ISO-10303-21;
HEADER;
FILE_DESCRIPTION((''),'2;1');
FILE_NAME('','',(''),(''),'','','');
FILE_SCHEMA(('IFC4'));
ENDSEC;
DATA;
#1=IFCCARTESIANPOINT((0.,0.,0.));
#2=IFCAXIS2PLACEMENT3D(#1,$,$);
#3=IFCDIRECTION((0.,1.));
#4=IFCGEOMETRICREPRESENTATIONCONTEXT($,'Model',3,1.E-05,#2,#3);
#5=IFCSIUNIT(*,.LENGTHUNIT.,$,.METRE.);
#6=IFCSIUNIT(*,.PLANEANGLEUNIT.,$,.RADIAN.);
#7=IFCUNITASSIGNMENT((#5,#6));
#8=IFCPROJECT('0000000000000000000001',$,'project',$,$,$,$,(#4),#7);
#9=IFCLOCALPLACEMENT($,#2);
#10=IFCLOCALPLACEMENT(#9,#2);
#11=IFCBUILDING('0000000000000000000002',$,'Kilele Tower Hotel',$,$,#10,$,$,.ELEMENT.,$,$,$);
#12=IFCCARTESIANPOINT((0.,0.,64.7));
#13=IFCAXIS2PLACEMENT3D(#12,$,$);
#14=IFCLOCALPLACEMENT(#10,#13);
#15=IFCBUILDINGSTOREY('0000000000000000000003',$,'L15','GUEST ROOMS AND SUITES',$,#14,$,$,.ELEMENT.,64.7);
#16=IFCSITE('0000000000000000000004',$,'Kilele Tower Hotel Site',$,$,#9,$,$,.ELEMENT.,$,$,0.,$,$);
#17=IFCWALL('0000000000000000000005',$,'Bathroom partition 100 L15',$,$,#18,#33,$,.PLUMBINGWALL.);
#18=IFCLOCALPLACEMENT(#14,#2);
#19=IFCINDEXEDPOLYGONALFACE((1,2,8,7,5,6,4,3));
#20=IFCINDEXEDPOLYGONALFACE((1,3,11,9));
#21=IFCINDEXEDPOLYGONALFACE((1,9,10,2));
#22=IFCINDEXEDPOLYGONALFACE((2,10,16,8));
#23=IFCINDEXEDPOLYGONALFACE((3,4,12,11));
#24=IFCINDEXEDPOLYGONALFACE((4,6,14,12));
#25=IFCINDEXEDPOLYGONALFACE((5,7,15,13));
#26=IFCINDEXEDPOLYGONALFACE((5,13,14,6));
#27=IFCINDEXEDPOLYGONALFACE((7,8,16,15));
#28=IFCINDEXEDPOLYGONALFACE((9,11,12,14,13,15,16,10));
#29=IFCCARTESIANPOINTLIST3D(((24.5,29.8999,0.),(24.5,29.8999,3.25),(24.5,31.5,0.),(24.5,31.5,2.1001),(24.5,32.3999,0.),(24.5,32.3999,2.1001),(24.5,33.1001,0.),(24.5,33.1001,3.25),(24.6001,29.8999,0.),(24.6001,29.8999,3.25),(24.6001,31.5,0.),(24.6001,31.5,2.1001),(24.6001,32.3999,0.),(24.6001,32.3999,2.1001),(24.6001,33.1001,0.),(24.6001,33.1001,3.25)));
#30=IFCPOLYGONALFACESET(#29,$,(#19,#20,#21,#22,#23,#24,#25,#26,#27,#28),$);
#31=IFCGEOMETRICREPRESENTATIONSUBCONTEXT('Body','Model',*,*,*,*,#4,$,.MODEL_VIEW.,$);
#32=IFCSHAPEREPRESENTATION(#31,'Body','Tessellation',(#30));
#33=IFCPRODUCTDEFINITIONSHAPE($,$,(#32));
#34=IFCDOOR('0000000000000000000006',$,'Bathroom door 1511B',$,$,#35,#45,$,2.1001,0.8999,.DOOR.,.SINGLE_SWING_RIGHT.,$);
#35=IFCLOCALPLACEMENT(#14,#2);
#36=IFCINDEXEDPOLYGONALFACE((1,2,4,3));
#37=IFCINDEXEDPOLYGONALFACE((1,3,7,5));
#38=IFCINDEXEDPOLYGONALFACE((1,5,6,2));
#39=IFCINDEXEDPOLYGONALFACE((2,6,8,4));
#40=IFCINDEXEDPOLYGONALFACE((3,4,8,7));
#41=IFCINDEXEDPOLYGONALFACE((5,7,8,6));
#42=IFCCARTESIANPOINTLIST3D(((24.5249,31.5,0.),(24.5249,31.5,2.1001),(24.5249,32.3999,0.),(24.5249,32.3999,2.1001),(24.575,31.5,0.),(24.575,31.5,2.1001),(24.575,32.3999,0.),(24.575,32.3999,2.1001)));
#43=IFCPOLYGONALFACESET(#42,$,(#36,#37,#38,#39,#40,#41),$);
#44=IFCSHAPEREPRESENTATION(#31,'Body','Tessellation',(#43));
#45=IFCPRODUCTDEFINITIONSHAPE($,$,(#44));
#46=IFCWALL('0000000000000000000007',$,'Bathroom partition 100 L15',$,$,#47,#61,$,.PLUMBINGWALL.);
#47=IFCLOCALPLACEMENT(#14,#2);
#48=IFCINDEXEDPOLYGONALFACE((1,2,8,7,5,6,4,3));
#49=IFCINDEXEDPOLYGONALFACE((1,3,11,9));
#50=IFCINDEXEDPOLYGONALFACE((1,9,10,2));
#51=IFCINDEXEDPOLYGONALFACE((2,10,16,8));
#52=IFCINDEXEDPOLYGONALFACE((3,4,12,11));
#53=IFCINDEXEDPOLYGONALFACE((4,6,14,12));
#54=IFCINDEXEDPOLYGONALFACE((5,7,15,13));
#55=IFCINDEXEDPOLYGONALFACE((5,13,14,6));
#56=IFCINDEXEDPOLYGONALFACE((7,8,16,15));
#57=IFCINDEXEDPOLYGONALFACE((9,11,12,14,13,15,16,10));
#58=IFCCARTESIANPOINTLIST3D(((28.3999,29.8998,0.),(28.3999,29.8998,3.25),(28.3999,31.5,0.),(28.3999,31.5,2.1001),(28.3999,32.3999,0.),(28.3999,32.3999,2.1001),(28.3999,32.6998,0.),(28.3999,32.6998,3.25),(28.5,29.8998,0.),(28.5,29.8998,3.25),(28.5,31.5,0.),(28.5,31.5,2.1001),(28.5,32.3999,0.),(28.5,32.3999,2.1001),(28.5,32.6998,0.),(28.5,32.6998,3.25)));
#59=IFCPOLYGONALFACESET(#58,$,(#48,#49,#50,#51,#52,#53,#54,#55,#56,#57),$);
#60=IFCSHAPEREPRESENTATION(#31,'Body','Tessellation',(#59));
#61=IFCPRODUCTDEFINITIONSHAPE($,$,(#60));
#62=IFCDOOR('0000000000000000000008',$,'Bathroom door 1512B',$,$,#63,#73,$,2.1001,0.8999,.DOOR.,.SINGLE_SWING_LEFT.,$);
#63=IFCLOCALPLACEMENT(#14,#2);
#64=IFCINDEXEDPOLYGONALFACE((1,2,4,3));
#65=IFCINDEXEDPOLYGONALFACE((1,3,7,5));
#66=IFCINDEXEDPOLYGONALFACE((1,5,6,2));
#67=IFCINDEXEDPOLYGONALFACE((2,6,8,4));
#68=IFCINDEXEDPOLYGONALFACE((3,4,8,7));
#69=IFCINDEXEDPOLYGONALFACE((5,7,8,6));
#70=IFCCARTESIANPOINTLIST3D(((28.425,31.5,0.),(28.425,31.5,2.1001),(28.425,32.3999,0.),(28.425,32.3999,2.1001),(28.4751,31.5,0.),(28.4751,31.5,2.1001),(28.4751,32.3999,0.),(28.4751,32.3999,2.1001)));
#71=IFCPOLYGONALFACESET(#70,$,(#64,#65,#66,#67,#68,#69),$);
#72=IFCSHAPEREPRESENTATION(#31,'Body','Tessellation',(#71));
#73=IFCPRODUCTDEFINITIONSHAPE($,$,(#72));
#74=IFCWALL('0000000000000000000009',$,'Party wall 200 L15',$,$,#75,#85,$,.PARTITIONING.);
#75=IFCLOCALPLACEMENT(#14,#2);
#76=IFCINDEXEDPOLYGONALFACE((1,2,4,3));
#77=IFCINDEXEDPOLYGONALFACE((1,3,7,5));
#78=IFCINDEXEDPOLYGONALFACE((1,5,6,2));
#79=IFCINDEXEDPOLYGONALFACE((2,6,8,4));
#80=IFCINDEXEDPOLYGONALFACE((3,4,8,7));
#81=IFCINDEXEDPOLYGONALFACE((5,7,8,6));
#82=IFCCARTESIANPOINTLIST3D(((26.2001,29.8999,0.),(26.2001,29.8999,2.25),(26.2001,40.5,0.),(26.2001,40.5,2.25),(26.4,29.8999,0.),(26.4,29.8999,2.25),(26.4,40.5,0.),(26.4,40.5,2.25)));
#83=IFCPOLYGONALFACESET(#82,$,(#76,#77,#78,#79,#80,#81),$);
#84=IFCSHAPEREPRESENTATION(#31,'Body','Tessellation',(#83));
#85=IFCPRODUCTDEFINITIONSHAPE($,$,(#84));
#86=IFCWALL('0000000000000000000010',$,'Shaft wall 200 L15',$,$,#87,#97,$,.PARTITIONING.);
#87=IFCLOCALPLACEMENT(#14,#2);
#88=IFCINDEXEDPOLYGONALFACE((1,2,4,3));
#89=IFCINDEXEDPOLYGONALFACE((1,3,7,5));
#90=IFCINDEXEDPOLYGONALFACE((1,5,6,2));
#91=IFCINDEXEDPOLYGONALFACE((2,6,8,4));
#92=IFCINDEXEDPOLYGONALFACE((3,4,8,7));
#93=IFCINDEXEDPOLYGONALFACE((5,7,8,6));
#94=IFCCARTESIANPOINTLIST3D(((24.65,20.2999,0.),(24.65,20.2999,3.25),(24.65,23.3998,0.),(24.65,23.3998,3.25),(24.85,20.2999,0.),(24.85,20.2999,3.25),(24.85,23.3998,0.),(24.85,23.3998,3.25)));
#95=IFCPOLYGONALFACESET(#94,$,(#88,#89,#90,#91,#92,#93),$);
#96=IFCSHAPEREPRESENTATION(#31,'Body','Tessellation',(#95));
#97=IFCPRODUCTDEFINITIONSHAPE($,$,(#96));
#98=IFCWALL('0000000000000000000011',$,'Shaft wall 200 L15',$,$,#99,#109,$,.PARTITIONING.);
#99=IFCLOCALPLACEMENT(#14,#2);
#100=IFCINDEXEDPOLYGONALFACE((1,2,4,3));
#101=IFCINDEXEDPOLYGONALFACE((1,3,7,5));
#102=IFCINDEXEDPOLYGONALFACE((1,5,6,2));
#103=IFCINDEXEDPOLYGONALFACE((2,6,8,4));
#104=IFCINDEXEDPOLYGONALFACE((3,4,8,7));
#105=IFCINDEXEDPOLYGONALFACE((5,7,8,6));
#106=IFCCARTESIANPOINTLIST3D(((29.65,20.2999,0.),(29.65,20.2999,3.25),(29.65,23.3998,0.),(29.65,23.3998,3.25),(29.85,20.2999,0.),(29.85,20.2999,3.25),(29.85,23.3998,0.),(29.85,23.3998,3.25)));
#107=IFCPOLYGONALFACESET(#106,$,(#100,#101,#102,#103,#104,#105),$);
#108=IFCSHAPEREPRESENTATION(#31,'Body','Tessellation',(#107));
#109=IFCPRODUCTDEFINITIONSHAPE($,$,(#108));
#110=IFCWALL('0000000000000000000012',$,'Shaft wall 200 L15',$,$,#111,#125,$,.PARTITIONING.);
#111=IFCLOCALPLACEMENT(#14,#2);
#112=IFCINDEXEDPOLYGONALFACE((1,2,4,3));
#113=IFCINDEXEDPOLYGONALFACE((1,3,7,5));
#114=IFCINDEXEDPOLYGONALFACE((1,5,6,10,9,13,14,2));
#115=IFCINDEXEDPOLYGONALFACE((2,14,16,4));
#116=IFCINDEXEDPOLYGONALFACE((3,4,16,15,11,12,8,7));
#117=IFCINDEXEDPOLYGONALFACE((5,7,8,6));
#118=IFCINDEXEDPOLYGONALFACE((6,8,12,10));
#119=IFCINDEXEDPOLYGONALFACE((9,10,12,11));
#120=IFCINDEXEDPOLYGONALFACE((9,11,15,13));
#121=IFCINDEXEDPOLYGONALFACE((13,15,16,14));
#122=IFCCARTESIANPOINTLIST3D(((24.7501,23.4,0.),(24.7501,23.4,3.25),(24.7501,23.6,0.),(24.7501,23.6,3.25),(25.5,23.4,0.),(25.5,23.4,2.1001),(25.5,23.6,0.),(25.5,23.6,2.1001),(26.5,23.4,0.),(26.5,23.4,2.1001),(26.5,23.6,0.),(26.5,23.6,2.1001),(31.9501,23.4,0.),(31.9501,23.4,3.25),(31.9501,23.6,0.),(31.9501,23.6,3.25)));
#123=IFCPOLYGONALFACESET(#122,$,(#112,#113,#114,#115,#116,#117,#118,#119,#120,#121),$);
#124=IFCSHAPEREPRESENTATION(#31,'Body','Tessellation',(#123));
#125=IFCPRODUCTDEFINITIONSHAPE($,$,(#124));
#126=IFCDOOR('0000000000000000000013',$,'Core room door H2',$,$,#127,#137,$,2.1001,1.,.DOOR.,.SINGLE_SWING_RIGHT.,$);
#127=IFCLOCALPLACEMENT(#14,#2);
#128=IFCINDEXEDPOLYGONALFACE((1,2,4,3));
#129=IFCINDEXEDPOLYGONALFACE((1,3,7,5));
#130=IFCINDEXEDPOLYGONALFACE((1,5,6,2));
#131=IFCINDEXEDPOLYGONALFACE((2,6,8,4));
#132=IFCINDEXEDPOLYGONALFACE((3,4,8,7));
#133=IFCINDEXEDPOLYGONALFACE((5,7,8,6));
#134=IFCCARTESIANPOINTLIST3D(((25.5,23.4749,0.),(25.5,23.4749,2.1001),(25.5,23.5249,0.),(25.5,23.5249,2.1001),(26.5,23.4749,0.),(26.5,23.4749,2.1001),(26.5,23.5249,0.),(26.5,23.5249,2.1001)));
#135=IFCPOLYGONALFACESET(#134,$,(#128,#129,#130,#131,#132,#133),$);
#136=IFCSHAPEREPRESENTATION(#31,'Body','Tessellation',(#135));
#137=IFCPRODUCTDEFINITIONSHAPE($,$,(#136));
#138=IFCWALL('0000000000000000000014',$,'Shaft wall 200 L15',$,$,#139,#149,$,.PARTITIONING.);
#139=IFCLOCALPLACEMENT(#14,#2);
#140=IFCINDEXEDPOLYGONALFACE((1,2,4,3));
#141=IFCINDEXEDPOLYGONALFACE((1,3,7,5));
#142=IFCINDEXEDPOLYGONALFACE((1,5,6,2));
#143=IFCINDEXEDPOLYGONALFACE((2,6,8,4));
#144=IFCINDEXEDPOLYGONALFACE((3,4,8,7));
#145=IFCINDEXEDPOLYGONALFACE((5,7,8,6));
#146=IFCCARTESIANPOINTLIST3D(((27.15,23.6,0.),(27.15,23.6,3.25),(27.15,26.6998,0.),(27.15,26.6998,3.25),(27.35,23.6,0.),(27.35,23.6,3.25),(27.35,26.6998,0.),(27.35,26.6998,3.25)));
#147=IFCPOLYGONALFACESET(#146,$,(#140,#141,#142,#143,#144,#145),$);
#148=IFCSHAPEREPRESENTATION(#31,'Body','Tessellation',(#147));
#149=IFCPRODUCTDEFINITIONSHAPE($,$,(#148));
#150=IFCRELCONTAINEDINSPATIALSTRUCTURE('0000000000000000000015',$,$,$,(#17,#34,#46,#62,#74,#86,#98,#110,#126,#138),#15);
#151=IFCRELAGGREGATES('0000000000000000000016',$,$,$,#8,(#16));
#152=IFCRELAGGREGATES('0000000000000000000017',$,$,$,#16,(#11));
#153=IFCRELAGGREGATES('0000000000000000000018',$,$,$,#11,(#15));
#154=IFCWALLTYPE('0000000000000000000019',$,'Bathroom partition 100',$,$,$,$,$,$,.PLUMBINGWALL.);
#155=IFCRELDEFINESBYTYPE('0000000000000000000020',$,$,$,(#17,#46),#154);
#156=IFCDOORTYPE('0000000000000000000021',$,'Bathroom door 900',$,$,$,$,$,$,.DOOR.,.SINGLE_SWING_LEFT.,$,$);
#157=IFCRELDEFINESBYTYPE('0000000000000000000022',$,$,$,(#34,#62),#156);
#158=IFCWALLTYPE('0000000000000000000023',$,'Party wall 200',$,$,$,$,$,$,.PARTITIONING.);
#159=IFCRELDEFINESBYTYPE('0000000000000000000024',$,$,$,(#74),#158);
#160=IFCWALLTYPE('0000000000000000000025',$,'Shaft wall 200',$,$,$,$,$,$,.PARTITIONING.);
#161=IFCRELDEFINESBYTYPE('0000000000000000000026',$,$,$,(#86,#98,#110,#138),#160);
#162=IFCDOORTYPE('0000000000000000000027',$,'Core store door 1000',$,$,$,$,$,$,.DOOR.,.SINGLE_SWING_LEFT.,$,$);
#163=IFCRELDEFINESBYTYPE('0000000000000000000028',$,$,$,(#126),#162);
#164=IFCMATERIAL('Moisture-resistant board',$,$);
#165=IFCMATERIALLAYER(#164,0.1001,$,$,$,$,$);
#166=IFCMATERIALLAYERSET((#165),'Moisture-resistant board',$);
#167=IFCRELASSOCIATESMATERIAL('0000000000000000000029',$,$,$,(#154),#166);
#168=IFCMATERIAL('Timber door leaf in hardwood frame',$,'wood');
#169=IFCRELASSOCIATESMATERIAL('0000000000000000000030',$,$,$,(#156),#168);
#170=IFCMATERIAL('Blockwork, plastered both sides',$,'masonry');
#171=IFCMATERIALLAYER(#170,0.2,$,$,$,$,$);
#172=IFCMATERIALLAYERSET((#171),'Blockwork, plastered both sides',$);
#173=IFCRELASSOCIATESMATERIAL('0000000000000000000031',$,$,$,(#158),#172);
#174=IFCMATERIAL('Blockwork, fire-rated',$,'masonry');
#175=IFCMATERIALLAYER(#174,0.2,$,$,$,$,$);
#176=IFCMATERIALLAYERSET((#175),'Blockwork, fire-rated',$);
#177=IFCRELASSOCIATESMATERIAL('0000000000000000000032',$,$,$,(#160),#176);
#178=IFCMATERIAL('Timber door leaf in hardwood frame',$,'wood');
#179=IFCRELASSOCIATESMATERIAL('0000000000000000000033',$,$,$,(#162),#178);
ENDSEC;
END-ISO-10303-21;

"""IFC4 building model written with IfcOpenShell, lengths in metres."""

from ifc_helpers import new_model, si_unit, direction, frame, frame_2d, origin, place, context, subcontext, project, spatial, rectangle, extrude, material, layer, layer_set, type_object, element, fill, save


model = new_model("IFC4")

# Units and contexts
model_context = context("Model", 3, precision=1e-05, world=origin(), true_north=direction((0.0, 1.0)))
body_context = subcontext(model_context, "Body", "Model", "MODEL_VIEW")
ifc_project = project(units=[si_unit("LENGTHUNIT", "METRE"), si_unit("PLANEANGLEUNIT", "RADIAN")], contexts=[model_context])

# Site, building, storey
site_placement = place(None, origin())
site = spatial("IfcSite", under=ifc_project, at=site_placement, Name="Kilele Tower Hotel Site", CompositionType="ELEMENT", RefElevation=0.0)
building_placement = place(site_placement, origin())
building = spatial("IfcBuilding", under=site, at=building_placement, Name="Kilele Tower Hotel", CompositionType="ELEMENT")
storey_placement = place(building_placement, frame((0.0, 0.0, 64.7)))
storey = spatial("IfcBuildingStorey", under=building, at=storey_placement, Name="L15", Description="GUEST ROOMS AND SUITES", CompositionType="ELEMENT", Elevation=64.7)

# Walls, openings, doors
ifc_material_1 = material(Name="Moisture-resistant board")
ifc_layer_1 = layer(ifc_material_1, 0.1001)
ifc_layer_set_1 = layer_set([ifc_layer_1], Name="Moisture-resistant board")
wall_type_1 = type_object("IfcWallType", Name="Bathroom partition 100", PredefinedType="PLUMBINGWALL", material=ifc_layer_set_1)
wall_1_placement = place(storey_placement, frame((24.55, 29.8999, 0.0), z_axis=(0.0, 0.0, 1.0), x_axis=(0.0, 1.0, 0.0)))
wall_1 = element("IfcWall", 1, at=wall_1_placement, inside=storey, type_object=wall_type_1, Name="Bathroom partition 100 L15", PredefinedType="PLUMBINGWALL", context=body_context, shape_type="SweptSolid", body=[
    extrude(rectangle(XDim=3.2002, YDim=0.1001, at=frame_2d((1.6001, 0.0))), origin(), (0.0, 0.0, 1.0), 3.25),
])
opening_1_placement = place(wall_1_placement, frame((2.5, 0.0, 0.0), z_axis=(0.0, 0.0, 1.0), x_axis=(-1.0, 0.0, 0.0)))
opening_1 = element("IfcOpeningElement", 2, at=opening_1_placement, cuts=wall_1, PredefinedType="OPENING", context=body_context, shape_type="SweptSolid", body=[
    extrude(rectangle(XDim=0.8999, YDim=2.1001, at=frame_2d((0.45, 1.05))), frame((0.0, 0.0601, 0.0), z_axis=(0.0, -1.0, 0.0), x_axis=(1.0, 0.0, 0.0)), (0.0, 0.0, 1.0), 0.1201),
])
ifc_material_2 = material(Name="Timber door leaf in hardwood frame", Category="wood")
door_type_1 = type_object("IfcDoorType", Name="Bathroom door 900", OperationType="SINGLE_SWING_LEFT", PredefinedType="DOOR", material=ifc_material_2)
door_1_placement = place(opening_1_placement, origin())
door_1 = element("IfcDoor", 3, at=door_1_placement, inside=storey, type_object=door_type_1, Name="Bathroom door 1511B", OperationType="SINGLE_SWING_RIGHT", OverallHeight=2.1001, OverallWidth=0.8999, PredefinedType="DOOR", context=body_context, shape_type="SweptSolid", body=[
    extrude(rectangle(XDim=0.8999, YDim=2.1001, at=frame_2d((0.45, 1.05))), frame((0.0, 0.0249, 0.0), z_axis=(0.0, -1.0, 0.0), x_axis=(1.0, 0.0, 0.0)), (0.0, 0.0, 1.0), 0.05),
])
fill(opening_1, door_1)
wall_2_placement = place(storey_placement, frame((28.45, 29.8999, 0.0), z_axis=(0.0, 0.0, 1.0), x_axis=(0.0, 1.0, 0.0)))
wall_2 = element("IfcWall", 4, at=wall_2_placement, inside=storey, type_object=wall_type_1, Name="Bathroom partition 100 L15", PredefinedType="PLUMBINGWALL", context=body_context, shape_type="SweptSolid", body=[
    extrude(rectangle(XDim=2.8, YDim=0.1001, at=frame_2d((1.3999, 0.0))), origin(), (0.0, 0.0, 1.0), 3.25),
])
opening_2_placement = place(wall_2_placement, frame((1.6001, 0.0, 0.0)))
opening_2 = element("IfcOpeningElement", 5, at=opening_2_placement, cuts=wall_2, PredefinedType="OPENING", context=body_context, shape_type="SweptSolid", body=[
    extrude(rectangle(XDim=0.8999, YDim=2.1001, at=frame_2d((0.45, 1.05))), frame((0.0, 0.0601, 0.0), z_axis=(0.0, -1.0, 0.0), x_axis=(1.0, 0.0, 0.0)), (0.0, 0.0, 1.0), 0.1201),
])
door_2_placement = place(opening_2_placement, origin())
door_2 = element("IfcDoor", 6, at=door_2_placement, inside=storey, type_object=door_type_1, Name="Bathroom door 1512B", OperationType="SINGLE_SWING_LEFT", OverallHeight=2.1001, OverallWidth=0.8999, PredefinedType="DOOR", context=body_context, shape_type="SweptSolid", body=[
    extrude(rectangle(XDim=0.8999, YDim=2.1001, at=frame_2d((0.45, 1.05))), frame((0.0, 0.0249, 0.0), z_axis=(0.0, -1.0, 0.0), x_axis=(1.0, 0.0, 0.0)), (0.0, 0.0, 1.0), 0.05),
])
fill(opening_2, door_2)

# Walls
ifc_material_3 = material(Name="Blockwork, plastered both sides", Category="masonry")
ifc_layer_2 = layer(ifc_material_3, 0.2)
ifc_layer_set_2 = layer_set([ifc_layer_2], Name="Blockwork, plastered both sides")
wall_type_2 = type_object("IfcWallType", Name="Party wall 200", PredefinedType="PARTITIONING", material=ifc_layer_set_2)
wall_3_placement = place(storey_placement, frame((26.3, 29.8999, 0.0), z_axis=(0.0, 0.0, 1.0), x_axis=(0.0, 1.0, 0.0)))
element("IfcWall", 7, at=wall_3_placement, inside=storey, type_object=wall_type_2, Name="Party wall 200 L15", PredefinedType="PARTITIONING", context=body_context, shape_type="SweptSolid", body=[
    extrude(rectangle(XDim=10.6001, YDim=0.2, at=frame_2d((5.3, 0.0))), origin(), (0.0, 0.0, 1.0), 2.25),
])
ifc_material_4 = material(Name="Blockwork, fire-rated", Category="masonry")
ifc_layer_3 = layer(ifc_material_4, 0.2)
ifc_layer_set_3 = layer_set([ifc_layer_3], Name="Blockwork, fire-rated")
wall_type_3 = type_object("IfcWallType", Name="Shaft wall 200", PredefinedType="PARTITIONING", material=ifc_layer_set_3)
for number, where, z_axis, x_axis, name in (
    (8, (24.75, 20.3, 0.0), (0.0, 0.0, 1.0), (0.0, 1.0, 0.0), "Shaft wall 200 L15"),
    (9, (29.75, 20.3, 0.0), (0.0, 0.0, 1.0), (0.0, 1.0, 0.0), "Shaft wall 200 L15"),
):
    element("IfcWall", number, at=place(storey_placement, frame(where, z_axis=z_axis, x_axis=x_axis)), inside=storey, type_object=wall_type_3, Name=name, PredefinedType="PARTITIONING", context=body_context, shape_type="SweptSolid", body=[
        extrude(rectangle(XDim=3.0999, YDim=0.2, at=frame_2d((1.5498, 0.0))), origin(), (0.0, 0.0, 1.0), 3.25),
    ])

# Wall, opening, door
wall_4_placement = place(storey_placement, frame((24.75, 23.5, 0.0), z_axis=(0.0, 0.0, 1.0), x_axis=(1.0, 0.0, 0.0)))
wall_4 = element("IfcWall", 10, at=wall_4_placement, inside=storey, type_object=wall_type_3, Name="Shaft wall 200 L15", PredefinedType="PARTITIONING", context=body_context, shape_type="SweptSolid", body=[
    extrude(rectangle(XDim=7.2, YDim=0.2, at=frame_2d((3.6001, 0.0))), origin(), (0.0, 0.0, 1.0), 3.25),
])
opening_3_placement = place(wall_4_placement, frame((0.75, 0.0, 0.0)))
opening_3 = element("IfcOpeningElement", 11, at=opening_3_placement, cuts=wall_4, PredefinedType="OPENING", context=body_context, shape_type="SweptSolid", body=[
    extrude(rectangle(XDim=1.0, YDim=2.1001, at=frame_2d((0.5, 1.05))), frame((0.0, 0.1099, 0.0), z_axis=(0.0, -1.0, 0.0), x_axis=(1.0, 0.0, 0.0)), (0.0, 0.0, 1.0), 0.22),
])
ifc_material_5 = material(Name="Timber door leaf in hardwood frame", Category="wood")
door_type_2 = type_object("IfcDoorType", Name="Core store door 1000", OperationType="SINGLE_SWING_LEFT", PredefinedType="DOOR", material=ifc_material_5)
door_3_placement = place(opening_3_placement, origin())
door_3 = element("IfcDoor", 12, at=door_3_placement, inside=storey, type_object=door_type_2, Name="Core room door H2", OperationType="SINGLE_SWING_RIGHT", OverallHeight=2.1001, OverallWidth=1.0, PredefinedType="DOOR", context=body_context, shape_type="SweptSolid", body=[
    extrude(rectangle(XDim=1.0, YDim=2.1001, at=frame_2d((0.5, 1.05))), frame((0.0, 0.0249, 0.0), z_axis=(0.0, -1.0, 0.0), x_axis=(1.0, 0.0, 0.0)), (0.0, 0.0, 1.0), 0.05),
])
fill(opening_3, door_3)

# Wall
wall_5_placement = place(storey_placement, frame((27.25, 23.6001, 0.0), z_axis=(0.0, 0.0, 1.0), x_axis=(0.0, 1.0, 0.0)))
element("IfcWall", 13, at=wall_5_placement, inside=storey, type_object=wall_type_3, Name="Shaft wall 200 L15", PredefinedType="PARTITIONING", context=body_context, shape_type="SweptSolid", body=[
    extrude(rectangle(XDim=3.0999, YDim=0.2, at=frame_2d((1.5498, 0.0))), origin(), (0.0, 0.0, 1.0), 3.25),
])

save(model, "model.ifc")
